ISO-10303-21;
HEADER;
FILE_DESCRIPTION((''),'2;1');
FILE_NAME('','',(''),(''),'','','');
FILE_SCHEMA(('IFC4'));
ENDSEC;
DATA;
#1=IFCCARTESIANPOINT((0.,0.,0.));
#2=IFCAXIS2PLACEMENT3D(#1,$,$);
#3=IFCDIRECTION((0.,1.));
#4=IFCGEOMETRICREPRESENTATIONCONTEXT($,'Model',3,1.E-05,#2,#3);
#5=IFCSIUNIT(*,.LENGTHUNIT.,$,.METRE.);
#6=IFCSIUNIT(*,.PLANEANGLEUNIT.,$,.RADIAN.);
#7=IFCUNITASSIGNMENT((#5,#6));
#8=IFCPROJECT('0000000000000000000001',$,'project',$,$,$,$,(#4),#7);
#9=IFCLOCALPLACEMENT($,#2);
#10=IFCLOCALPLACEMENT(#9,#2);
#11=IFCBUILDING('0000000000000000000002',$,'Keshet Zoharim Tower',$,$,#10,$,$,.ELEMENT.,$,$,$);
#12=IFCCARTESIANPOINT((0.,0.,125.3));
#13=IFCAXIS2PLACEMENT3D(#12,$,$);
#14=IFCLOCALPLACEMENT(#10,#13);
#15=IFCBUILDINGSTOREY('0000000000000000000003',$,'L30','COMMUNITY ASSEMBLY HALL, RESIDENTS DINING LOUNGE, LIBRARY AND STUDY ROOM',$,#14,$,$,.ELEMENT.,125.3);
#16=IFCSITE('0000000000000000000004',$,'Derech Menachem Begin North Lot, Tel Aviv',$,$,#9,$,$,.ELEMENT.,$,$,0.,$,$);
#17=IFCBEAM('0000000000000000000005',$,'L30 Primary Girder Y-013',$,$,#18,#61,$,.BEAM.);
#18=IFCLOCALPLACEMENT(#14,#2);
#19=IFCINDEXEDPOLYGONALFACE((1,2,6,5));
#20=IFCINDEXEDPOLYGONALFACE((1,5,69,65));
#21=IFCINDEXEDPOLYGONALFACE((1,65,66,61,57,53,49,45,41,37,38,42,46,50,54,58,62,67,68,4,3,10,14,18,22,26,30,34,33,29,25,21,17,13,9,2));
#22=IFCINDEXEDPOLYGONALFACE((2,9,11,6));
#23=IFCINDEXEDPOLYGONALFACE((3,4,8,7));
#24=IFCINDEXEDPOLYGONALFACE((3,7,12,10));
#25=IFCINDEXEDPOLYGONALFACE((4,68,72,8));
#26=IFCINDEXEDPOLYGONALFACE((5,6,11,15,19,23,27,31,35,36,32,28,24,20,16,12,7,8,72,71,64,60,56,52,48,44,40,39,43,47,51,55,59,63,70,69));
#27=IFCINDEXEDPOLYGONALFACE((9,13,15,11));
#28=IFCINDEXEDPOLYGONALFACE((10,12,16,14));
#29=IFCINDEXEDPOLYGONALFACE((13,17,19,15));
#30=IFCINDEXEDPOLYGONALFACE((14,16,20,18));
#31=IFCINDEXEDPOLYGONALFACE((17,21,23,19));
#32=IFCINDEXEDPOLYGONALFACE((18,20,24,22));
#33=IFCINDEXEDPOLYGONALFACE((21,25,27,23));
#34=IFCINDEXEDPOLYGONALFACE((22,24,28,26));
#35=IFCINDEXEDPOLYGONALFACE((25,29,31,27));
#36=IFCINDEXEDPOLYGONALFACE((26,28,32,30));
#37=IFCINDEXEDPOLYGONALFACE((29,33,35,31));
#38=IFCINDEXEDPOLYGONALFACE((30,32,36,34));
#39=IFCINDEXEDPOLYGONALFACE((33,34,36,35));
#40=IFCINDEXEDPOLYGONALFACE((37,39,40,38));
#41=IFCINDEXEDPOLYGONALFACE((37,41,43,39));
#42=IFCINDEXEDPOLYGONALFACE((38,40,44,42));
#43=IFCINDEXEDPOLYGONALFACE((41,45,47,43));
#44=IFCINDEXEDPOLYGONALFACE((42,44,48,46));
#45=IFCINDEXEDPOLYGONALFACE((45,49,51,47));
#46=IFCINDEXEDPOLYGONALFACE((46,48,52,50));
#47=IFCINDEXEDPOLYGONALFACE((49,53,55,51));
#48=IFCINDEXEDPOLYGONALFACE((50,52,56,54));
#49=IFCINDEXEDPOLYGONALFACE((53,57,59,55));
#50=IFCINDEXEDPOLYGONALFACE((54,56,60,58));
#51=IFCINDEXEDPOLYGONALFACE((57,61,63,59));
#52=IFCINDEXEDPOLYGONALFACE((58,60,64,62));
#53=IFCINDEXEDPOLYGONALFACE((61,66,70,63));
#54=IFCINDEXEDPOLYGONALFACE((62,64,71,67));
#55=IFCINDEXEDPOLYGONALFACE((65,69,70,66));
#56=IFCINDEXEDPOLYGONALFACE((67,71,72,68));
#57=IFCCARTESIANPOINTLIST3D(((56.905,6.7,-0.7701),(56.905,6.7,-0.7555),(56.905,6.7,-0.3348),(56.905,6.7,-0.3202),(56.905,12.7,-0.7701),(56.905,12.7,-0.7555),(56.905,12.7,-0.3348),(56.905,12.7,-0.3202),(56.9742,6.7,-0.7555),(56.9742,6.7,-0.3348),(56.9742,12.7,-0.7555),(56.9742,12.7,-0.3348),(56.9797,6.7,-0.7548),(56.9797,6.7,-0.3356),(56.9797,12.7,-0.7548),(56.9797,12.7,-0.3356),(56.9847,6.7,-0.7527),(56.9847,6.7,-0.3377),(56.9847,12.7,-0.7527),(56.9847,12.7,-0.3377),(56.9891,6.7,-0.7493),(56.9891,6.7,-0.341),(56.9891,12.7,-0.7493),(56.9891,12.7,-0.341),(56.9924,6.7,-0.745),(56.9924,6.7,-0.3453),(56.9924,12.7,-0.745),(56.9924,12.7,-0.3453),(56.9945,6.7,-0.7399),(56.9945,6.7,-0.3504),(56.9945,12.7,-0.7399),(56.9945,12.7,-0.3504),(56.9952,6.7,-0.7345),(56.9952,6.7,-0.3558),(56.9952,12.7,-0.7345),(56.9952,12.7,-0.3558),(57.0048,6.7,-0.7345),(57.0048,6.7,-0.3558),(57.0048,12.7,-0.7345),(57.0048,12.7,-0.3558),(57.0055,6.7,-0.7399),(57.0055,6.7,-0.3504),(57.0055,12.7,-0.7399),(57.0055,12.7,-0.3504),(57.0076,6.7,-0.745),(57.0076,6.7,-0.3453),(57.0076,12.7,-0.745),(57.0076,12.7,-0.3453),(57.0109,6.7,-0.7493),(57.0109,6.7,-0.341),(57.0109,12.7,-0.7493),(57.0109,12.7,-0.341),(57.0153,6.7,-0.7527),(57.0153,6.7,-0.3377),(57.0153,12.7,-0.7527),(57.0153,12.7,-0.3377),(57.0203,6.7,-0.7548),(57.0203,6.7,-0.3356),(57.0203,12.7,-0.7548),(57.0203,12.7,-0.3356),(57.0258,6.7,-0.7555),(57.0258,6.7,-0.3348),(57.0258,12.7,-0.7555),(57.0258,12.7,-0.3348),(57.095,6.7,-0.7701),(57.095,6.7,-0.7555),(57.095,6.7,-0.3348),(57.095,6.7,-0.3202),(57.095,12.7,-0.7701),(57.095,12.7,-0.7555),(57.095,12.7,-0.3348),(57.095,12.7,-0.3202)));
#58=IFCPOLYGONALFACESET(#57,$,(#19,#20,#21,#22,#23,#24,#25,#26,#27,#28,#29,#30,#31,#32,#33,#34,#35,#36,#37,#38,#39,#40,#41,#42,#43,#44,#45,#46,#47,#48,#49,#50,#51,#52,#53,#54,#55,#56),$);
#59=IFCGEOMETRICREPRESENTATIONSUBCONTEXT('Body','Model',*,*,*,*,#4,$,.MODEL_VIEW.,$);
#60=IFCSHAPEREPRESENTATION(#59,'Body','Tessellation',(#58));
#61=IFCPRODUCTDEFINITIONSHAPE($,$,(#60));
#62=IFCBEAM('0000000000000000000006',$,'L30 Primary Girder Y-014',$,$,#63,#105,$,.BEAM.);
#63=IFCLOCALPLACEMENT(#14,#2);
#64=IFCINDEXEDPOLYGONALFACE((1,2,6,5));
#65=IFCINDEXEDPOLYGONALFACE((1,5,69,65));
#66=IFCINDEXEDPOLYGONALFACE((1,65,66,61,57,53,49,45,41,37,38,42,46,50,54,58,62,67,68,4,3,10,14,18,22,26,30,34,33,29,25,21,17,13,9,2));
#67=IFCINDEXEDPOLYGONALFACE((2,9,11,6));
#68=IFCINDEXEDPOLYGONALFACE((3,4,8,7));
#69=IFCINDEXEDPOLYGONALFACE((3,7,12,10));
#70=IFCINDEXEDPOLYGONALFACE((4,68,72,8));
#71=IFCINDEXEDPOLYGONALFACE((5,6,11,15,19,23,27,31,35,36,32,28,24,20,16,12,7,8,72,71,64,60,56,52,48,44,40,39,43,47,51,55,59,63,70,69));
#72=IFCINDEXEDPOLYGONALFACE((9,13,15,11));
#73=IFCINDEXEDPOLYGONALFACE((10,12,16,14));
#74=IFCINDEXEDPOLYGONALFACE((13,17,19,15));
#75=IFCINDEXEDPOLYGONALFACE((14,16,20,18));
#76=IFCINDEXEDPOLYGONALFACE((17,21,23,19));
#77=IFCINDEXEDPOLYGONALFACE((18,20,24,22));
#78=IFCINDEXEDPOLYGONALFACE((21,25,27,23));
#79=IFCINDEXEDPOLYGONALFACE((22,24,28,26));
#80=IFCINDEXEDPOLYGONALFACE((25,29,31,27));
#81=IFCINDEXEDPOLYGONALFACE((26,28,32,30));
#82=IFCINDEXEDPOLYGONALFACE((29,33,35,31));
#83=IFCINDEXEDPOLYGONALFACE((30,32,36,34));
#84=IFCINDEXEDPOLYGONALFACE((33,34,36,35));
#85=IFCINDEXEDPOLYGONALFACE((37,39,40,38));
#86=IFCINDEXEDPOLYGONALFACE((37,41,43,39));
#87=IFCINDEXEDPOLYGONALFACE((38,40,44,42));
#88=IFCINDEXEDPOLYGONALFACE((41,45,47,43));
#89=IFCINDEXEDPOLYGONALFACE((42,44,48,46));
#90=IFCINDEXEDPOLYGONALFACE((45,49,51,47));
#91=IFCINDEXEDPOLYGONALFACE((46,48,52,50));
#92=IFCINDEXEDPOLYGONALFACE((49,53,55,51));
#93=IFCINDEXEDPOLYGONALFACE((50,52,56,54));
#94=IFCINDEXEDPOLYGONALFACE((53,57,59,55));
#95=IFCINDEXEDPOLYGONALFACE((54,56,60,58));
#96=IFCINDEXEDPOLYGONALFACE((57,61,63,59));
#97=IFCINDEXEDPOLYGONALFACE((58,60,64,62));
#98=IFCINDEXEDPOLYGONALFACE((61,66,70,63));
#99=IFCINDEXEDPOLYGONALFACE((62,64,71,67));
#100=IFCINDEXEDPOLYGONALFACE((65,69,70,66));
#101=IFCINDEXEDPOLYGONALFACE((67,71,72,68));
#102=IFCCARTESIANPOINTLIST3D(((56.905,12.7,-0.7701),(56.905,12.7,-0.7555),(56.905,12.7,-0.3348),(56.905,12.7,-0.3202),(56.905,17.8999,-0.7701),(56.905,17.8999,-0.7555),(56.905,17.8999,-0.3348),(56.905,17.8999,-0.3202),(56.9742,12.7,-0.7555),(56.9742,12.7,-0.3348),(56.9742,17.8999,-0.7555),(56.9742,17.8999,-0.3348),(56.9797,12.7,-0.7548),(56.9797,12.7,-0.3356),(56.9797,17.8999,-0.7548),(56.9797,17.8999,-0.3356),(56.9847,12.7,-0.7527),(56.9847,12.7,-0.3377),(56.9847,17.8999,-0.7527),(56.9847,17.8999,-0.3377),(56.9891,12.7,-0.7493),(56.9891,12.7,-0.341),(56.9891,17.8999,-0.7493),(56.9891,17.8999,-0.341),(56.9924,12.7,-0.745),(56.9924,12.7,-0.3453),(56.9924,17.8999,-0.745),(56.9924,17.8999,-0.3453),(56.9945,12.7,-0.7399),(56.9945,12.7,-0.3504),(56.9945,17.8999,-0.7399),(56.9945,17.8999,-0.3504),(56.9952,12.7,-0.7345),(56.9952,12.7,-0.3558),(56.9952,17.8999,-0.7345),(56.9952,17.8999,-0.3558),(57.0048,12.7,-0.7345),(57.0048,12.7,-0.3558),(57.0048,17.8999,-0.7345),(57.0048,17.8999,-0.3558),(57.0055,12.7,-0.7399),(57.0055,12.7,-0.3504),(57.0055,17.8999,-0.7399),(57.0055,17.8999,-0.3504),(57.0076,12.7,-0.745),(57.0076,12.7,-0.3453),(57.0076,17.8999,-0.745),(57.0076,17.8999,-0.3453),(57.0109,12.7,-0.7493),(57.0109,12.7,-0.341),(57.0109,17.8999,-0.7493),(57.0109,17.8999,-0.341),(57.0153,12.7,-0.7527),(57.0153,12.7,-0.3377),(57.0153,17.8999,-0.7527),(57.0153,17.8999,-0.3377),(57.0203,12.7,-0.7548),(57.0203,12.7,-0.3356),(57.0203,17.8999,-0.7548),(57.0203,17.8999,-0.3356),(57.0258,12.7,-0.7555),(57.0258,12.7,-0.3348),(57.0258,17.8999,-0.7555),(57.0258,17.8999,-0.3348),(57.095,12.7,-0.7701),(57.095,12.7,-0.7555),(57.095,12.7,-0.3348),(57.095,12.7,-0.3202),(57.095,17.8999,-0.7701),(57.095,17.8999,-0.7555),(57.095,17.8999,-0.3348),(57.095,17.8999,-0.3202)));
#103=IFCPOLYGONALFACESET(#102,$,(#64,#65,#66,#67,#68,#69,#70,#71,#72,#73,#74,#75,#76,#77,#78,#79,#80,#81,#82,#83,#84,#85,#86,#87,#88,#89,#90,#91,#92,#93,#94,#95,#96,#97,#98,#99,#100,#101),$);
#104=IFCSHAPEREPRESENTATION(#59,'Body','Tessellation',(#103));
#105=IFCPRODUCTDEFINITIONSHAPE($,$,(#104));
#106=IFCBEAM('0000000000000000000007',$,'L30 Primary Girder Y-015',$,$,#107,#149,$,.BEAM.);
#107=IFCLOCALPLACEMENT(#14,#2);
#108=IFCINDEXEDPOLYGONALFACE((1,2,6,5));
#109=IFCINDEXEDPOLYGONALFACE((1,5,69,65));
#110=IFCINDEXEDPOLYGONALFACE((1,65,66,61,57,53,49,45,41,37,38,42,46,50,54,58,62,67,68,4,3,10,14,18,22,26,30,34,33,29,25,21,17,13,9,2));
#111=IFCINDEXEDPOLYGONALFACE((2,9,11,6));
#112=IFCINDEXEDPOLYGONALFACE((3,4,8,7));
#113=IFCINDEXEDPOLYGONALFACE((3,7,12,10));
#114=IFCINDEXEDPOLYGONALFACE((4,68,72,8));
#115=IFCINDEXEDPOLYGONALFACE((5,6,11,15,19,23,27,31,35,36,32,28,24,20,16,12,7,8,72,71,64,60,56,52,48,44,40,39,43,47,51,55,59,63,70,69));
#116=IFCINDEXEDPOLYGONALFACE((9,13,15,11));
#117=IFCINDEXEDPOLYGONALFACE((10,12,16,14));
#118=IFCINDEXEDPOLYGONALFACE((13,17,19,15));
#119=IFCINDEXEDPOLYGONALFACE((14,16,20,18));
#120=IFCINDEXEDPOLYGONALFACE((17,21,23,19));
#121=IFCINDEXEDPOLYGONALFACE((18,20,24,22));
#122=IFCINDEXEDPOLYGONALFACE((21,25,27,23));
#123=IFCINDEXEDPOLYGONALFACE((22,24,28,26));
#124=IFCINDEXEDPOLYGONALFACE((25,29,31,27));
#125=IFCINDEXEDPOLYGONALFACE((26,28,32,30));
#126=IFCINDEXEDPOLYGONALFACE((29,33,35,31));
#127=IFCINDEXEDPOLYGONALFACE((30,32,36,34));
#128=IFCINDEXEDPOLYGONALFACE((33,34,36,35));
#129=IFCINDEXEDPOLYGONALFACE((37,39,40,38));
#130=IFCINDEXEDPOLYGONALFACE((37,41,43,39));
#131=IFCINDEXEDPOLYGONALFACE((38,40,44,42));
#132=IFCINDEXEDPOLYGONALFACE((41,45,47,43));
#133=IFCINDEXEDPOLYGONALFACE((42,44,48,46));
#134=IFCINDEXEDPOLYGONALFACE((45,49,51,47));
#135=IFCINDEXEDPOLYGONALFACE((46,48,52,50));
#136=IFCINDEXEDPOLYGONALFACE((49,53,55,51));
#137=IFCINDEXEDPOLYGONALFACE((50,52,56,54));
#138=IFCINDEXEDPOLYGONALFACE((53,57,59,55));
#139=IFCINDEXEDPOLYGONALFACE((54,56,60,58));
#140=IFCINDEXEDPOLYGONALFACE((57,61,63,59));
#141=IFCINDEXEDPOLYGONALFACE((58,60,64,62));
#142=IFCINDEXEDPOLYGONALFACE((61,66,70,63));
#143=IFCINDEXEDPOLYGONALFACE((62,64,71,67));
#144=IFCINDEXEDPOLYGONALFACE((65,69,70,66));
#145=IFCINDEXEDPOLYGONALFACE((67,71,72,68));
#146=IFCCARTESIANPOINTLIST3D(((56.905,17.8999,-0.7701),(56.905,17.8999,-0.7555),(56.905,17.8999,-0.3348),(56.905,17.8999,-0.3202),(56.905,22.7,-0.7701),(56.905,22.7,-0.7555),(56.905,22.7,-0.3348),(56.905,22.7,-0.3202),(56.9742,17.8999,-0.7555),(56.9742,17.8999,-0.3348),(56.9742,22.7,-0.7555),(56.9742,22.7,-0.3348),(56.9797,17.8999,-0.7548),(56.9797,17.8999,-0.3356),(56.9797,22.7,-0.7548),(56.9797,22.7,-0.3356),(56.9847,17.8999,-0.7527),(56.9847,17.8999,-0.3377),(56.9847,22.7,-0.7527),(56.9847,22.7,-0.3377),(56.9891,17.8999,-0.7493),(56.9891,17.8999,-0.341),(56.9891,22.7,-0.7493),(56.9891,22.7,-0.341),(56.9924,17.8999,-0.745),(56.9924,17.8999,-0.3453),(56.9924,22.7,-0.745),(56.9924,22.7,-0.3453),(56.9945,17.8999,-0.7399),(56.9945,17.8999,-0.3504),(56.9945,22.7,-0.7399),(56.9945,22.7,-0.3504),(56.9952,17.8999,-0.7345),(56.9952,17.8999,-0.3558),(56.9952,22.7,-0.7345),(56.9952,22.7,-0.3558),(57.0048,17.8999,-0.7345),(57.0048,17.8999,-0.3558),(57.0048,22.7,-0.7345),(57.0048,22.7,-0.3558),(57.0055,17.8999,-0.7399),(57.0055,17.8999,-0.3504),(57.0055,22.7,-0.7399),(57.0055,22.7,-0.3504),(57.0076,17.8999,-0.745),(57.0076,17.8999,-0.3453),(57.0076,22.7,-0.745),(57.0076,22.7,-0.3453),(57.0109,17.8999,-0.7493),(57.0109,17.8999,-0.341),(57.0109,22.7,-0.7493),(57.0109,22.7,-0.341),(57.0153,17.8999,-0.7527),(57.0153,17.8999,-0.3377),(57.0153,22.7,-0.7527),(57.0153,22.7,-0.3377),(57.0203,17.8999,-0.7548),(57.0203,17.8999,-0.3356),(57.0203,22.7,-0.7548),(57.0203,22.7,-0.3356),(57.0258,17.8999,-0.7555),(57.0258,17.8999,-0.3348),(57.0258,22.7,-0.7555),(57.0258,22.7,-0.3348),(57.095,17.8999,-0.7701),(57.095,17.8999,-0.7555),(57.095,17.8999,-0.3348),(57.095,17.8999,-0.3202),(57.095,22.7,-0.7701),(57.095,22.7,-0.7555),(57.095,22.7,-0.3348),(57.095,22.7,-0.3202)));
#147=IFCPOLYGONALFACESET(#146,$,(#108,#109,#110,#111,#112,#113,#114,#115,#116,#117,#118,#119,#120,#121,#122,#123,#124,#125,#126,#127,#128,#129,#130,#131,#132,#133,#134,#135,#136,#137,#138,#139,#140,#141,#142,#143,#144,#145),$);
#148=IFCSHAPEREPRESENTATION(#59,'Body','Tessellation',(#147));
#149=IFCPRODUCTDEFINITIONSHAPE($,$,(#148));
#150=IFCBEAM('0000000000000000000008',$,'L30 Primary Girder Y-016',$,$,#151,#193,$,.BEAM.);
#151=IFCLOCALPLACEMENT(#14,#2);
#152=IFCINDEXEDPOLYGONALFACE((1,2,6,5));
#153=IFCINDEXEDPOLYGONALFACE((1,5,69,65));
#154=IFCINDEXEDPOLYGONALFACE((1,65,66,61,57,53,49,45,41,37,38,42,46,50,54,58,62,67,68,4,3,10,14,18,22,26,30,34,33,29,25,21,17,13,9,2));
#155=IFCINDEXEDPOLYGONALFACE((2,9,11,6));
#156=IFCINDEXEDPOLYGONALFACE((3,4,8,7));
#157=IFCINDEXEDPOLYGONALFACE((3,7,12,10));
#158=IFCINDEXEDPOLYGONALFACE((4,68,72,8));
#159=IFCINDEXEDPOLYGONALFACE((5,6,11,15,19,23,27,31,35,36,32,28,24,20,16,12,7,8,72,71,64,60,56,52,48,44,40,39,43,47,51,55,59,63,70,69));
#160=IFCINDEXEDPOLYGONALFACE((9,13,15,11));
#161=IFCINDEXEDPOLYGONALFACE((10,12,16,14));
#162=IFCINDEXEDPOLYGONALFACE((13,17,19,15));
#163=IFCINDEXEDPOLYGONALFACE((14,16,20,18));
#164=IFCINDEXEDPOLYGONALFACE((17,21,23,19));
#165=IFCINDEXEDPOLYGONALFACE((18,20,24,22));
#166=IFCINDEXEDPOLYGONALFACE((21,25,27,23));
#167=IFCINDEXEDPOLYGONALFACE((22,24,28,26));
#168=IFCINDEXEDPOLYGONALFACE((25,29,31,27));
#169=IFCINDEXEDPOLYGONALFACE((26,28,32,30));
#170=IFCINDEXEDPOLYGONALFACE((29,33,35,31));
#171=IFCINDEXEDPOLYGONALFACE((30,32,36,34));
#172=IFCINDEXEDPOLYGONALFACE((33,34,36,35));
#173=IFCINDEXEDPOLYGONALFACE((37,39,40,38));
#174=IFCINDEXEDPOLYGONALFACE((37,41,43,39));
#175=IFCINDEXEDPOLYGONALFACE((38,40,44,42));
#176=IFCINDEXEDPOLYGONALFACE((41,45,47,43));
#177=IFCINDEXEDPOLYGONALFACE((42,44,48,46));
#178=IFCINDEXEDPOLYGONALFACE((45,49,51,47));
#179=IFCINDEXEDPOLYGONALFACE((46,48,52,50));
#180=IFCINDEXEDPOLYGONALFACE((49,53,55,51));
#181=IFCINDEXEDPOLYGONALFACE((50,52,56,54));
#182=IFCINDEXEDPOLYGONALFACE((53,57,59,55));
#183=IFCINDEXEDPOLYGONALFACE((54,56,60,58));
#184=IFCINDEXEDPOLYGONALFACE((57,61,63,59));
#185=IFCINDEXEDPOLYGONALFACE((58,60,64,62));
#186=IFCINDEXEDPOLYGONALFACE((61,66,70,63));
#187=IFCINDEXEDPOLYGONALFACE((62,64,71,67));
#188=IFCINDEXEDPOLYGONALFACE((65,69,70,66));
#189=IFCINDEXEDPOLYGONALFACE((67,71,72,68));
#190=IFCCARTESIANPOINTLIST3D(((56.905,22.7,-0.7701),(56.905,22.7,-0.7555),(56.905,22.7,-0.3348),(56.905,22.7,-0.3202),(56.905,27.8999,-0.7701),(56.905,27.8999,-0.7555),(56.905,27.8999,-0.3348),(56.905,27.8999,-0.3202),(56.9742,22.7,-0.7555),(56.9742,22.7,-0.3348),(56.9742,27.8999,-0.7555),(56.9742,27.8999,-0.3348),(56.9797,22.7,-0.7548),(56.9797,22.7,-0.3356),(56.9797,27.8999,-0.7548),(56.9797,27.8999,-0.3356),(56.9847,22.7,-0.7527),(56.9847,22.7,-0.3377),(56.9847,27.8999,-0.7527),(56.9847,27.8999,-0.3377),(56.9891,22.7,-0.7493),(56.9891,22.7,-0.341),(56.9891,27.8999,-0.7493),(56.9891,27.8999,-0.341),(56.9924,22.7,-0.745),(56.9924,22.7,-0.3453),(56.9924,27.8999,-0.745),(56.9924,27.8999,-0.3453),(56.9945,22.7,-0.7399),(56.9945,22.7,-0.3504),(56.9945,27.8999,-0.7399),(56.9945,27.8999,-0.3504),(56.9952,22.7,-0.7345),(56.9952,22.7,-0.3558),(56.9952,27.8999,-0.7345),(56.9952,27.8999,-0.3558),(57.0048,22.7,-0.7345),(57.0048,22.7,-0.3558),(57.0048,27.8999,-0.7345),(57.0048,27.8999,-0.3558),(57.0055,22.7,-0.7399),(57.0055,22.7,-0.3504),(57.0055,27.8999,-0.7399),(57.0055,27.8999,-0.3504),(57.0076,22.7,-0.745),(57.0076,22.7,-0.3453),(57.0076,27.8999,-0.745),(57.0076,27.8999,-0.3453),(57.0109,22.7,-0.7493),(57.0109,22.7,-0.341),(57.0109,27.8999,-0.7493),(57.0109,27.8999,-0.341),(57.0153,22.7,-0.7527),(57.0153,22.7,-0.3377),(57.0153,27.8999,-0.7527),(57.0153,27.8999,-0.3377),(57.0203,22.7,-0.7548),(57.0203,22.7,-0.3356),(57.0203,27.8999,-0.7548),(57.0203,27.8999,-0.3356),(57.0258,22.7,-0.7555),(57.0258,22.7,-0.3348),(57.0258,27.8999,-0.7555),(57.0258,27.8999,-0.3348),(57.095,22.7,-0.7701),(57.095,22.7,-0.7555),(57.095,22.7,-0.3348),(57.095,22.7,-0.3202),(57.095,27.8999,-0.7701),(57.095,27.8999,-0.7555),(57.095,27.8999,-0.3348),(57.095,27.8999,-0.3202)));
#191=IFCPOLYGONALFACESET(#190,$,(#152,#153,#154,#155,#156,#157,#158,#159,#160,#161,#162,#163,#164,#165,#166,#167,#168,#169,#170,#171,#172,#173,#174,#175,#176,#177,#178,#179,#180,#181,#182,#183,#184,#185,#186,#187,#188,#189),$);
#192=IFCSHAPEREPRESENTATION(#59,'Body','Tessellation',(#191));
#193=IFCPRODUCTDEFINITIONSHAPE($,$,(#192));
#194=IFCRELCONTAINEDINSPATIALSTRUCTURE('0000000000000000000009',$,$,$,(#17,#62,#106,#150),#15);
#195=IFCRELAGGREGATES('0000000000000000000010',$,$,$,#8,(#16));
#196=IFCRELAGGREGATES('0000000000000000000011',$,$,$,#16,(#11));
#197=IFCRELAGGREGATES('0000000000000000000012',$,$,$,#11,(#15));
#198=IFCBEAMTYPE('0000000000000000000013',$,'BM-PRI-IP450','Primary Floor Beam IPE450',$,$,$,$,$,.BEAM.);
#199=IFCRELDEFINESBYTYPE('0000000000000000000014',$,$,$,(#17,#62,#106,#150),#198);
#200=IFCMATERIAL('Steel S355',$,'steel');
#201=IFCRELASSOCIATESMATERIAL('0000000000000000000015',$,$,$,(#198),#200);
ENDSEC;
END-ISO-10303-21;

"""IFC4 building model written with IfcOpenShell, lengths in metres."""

from ifc_helpers import new_model, si_unit, direction, frame, origin, origin_2d, place, context, subcontext, project, spatial, i_section, extrude, material, material_profile, profile_set, type_object, element, save


model = new_model("IFC4")

# Units and contexts
model_context = context("Model", 3, precision=1e-05, world=origin(), true_north=direction((0.0, 1.0)))
body_context = subcontext(model_context, "Body", "Model", "MODEL_VIEW")
ifc_project = project(units=[si_unit("LENGTHUNIT", "METRE"), si_unit("PLANEANGLEUNIT", "RADIAN")], contexts=[model_context])

# Site, building, storey
site_placement = place(None, origin())
site = spatial("IfcSite", under=ifc_project, at=site_placement, Name="Derech Menachem Begin North Lot, Tel Aviv", CompositionType="ELEMENT", RefElevation=0.0)
building_placement = place(site_placement, origin())
building = spatial("IfcBuilding", under=site, at=building_placement, Name="Keshet Zoharim Tower", CompositionType="ELEMENT")
storey_placement = place(building_placement, frame((0.0, 0.0, 125.3)))
storey = spatial("IfcBuildingStorey", under=building, at=storey_placement, Name="L30", Description="COMMUNITY ASSEMBLY HALL, RESIDENTS DINING LOUNGE, LIBRARY AND STUDY ROOM", CompositionType="ELEMENT", Elevation=125.3)

# Shared definitions
ifc_material_1 = material(Name="Steel S355", Category="steel")

# Beams
ifc_material_profile_1 = material_profile(ifc_material_1, i_section(OverallWidth=0.1899, OverallDepth=0.45, WebThickness=0.0095, FlangeThickness=0.0146, FilletRadius=0.021, at=origin_2d()), Name="IPE450")
ifc_profile_set_1 = profile_set([ifc_material_profile_1], Name="Steel S355")
beam_type = type_object("IfcBeamType", Name="BM-PRI-IP450", Description="Primary Floor Beam IPE450", PredefinedType="BEAM", material=ifc_profile_set_1)
beam_1_placement = place(storey_placement, frame((57.0, 6.7, -0.5452), z_axis=(0.0, 1.0, 0.0), x_axis=(-1.0, 0.0, 0.0)))
element("IfcBeam", 1, at=beam_1_placement, inside=storey, type_object=beam_type, Name="L30 Primary Girder Y-013", PredefinedType="BEAM", context=body_context, shape_type="SweptSolid", body=[
    extrude(i_section(OverallWidth=0.1899, OverallDepth=0.45, WebThickness=0.0095, FlangeThickness=0.0146, FilletRadius=0.021, at=origin_2d()), origin(), (0.0, 0.0, 1.0), 6.0),
])
beam_2_placement = place(storey_placement, frame((57.0, 12.7, -0.5452), z_axis=(0.0, 1.0, 0.0), x_axis=(-1.0, 0.0, 0.0)))
element("IfcBeam", 2, at=beam_2_placement, inside=storey, type_object=beam_type, Name="L30 Primary Girder Y-014", PredefinedType="BEAM", context=body_context, shape_type="SweptSolid", body=[
    extrude(i_section(OverallWidth=0.1899, OverallDepth=0.45, WebThickness=0.0095, FlangeThickness=0.0146, FilletRadius=0.021, at=origin_2d()), origin(), (0.0, 0.0, 1.0), 5.2),
])
beam_3_placement = place(storey_placement, frame((57.0, 17.8999, -0.5452), z_axis=(0.0, 1.0, 0.0), x_axis=(-1.0, 0.0, 0.0)))
element("IfcBeam", 3, at=beam_3_placement, inside=storey, type_object=beam_type, Name="L30 Primary Girder Y-015", PredefinedType="BEAM", context=body_context, shape_type="SweptSolid", body=[
    extrude(i_section(OverallWidth=0.1899, OverallDepth=0.45, WebThickness=0.0095, FlangeThickness=0.0146, FilletRadius=0.021, at=origin_2d()), origin(), (0.0, 0.0, 1.0), 4.8),
])
beam_4_placement = place(storey_placement, frame((57.0, 22.7, -0.5452), z_axis=(0.0, 1.0, 0.0), x_axis=(-1.0, 0.0, 0.0)))
element("IfcBeam", 4, at=beam_4_placement, inside=storey, type_object=beam_type, Name="L30 Primary Girder Y-016", PredefinedType="BEAM", context=body_context, shape_type="SweptSolid", body=[
    extrude(i_section(OverallWidth=0.1899, OverallDepth=0.45, WebThickness=0.0095, FlangeThickness=0.0146, FilletRadius=0.021, at=origin_2d()), origin(), (0.0, 0.0, 1.0), 5.2),
])

save(model, "model.ifc")
